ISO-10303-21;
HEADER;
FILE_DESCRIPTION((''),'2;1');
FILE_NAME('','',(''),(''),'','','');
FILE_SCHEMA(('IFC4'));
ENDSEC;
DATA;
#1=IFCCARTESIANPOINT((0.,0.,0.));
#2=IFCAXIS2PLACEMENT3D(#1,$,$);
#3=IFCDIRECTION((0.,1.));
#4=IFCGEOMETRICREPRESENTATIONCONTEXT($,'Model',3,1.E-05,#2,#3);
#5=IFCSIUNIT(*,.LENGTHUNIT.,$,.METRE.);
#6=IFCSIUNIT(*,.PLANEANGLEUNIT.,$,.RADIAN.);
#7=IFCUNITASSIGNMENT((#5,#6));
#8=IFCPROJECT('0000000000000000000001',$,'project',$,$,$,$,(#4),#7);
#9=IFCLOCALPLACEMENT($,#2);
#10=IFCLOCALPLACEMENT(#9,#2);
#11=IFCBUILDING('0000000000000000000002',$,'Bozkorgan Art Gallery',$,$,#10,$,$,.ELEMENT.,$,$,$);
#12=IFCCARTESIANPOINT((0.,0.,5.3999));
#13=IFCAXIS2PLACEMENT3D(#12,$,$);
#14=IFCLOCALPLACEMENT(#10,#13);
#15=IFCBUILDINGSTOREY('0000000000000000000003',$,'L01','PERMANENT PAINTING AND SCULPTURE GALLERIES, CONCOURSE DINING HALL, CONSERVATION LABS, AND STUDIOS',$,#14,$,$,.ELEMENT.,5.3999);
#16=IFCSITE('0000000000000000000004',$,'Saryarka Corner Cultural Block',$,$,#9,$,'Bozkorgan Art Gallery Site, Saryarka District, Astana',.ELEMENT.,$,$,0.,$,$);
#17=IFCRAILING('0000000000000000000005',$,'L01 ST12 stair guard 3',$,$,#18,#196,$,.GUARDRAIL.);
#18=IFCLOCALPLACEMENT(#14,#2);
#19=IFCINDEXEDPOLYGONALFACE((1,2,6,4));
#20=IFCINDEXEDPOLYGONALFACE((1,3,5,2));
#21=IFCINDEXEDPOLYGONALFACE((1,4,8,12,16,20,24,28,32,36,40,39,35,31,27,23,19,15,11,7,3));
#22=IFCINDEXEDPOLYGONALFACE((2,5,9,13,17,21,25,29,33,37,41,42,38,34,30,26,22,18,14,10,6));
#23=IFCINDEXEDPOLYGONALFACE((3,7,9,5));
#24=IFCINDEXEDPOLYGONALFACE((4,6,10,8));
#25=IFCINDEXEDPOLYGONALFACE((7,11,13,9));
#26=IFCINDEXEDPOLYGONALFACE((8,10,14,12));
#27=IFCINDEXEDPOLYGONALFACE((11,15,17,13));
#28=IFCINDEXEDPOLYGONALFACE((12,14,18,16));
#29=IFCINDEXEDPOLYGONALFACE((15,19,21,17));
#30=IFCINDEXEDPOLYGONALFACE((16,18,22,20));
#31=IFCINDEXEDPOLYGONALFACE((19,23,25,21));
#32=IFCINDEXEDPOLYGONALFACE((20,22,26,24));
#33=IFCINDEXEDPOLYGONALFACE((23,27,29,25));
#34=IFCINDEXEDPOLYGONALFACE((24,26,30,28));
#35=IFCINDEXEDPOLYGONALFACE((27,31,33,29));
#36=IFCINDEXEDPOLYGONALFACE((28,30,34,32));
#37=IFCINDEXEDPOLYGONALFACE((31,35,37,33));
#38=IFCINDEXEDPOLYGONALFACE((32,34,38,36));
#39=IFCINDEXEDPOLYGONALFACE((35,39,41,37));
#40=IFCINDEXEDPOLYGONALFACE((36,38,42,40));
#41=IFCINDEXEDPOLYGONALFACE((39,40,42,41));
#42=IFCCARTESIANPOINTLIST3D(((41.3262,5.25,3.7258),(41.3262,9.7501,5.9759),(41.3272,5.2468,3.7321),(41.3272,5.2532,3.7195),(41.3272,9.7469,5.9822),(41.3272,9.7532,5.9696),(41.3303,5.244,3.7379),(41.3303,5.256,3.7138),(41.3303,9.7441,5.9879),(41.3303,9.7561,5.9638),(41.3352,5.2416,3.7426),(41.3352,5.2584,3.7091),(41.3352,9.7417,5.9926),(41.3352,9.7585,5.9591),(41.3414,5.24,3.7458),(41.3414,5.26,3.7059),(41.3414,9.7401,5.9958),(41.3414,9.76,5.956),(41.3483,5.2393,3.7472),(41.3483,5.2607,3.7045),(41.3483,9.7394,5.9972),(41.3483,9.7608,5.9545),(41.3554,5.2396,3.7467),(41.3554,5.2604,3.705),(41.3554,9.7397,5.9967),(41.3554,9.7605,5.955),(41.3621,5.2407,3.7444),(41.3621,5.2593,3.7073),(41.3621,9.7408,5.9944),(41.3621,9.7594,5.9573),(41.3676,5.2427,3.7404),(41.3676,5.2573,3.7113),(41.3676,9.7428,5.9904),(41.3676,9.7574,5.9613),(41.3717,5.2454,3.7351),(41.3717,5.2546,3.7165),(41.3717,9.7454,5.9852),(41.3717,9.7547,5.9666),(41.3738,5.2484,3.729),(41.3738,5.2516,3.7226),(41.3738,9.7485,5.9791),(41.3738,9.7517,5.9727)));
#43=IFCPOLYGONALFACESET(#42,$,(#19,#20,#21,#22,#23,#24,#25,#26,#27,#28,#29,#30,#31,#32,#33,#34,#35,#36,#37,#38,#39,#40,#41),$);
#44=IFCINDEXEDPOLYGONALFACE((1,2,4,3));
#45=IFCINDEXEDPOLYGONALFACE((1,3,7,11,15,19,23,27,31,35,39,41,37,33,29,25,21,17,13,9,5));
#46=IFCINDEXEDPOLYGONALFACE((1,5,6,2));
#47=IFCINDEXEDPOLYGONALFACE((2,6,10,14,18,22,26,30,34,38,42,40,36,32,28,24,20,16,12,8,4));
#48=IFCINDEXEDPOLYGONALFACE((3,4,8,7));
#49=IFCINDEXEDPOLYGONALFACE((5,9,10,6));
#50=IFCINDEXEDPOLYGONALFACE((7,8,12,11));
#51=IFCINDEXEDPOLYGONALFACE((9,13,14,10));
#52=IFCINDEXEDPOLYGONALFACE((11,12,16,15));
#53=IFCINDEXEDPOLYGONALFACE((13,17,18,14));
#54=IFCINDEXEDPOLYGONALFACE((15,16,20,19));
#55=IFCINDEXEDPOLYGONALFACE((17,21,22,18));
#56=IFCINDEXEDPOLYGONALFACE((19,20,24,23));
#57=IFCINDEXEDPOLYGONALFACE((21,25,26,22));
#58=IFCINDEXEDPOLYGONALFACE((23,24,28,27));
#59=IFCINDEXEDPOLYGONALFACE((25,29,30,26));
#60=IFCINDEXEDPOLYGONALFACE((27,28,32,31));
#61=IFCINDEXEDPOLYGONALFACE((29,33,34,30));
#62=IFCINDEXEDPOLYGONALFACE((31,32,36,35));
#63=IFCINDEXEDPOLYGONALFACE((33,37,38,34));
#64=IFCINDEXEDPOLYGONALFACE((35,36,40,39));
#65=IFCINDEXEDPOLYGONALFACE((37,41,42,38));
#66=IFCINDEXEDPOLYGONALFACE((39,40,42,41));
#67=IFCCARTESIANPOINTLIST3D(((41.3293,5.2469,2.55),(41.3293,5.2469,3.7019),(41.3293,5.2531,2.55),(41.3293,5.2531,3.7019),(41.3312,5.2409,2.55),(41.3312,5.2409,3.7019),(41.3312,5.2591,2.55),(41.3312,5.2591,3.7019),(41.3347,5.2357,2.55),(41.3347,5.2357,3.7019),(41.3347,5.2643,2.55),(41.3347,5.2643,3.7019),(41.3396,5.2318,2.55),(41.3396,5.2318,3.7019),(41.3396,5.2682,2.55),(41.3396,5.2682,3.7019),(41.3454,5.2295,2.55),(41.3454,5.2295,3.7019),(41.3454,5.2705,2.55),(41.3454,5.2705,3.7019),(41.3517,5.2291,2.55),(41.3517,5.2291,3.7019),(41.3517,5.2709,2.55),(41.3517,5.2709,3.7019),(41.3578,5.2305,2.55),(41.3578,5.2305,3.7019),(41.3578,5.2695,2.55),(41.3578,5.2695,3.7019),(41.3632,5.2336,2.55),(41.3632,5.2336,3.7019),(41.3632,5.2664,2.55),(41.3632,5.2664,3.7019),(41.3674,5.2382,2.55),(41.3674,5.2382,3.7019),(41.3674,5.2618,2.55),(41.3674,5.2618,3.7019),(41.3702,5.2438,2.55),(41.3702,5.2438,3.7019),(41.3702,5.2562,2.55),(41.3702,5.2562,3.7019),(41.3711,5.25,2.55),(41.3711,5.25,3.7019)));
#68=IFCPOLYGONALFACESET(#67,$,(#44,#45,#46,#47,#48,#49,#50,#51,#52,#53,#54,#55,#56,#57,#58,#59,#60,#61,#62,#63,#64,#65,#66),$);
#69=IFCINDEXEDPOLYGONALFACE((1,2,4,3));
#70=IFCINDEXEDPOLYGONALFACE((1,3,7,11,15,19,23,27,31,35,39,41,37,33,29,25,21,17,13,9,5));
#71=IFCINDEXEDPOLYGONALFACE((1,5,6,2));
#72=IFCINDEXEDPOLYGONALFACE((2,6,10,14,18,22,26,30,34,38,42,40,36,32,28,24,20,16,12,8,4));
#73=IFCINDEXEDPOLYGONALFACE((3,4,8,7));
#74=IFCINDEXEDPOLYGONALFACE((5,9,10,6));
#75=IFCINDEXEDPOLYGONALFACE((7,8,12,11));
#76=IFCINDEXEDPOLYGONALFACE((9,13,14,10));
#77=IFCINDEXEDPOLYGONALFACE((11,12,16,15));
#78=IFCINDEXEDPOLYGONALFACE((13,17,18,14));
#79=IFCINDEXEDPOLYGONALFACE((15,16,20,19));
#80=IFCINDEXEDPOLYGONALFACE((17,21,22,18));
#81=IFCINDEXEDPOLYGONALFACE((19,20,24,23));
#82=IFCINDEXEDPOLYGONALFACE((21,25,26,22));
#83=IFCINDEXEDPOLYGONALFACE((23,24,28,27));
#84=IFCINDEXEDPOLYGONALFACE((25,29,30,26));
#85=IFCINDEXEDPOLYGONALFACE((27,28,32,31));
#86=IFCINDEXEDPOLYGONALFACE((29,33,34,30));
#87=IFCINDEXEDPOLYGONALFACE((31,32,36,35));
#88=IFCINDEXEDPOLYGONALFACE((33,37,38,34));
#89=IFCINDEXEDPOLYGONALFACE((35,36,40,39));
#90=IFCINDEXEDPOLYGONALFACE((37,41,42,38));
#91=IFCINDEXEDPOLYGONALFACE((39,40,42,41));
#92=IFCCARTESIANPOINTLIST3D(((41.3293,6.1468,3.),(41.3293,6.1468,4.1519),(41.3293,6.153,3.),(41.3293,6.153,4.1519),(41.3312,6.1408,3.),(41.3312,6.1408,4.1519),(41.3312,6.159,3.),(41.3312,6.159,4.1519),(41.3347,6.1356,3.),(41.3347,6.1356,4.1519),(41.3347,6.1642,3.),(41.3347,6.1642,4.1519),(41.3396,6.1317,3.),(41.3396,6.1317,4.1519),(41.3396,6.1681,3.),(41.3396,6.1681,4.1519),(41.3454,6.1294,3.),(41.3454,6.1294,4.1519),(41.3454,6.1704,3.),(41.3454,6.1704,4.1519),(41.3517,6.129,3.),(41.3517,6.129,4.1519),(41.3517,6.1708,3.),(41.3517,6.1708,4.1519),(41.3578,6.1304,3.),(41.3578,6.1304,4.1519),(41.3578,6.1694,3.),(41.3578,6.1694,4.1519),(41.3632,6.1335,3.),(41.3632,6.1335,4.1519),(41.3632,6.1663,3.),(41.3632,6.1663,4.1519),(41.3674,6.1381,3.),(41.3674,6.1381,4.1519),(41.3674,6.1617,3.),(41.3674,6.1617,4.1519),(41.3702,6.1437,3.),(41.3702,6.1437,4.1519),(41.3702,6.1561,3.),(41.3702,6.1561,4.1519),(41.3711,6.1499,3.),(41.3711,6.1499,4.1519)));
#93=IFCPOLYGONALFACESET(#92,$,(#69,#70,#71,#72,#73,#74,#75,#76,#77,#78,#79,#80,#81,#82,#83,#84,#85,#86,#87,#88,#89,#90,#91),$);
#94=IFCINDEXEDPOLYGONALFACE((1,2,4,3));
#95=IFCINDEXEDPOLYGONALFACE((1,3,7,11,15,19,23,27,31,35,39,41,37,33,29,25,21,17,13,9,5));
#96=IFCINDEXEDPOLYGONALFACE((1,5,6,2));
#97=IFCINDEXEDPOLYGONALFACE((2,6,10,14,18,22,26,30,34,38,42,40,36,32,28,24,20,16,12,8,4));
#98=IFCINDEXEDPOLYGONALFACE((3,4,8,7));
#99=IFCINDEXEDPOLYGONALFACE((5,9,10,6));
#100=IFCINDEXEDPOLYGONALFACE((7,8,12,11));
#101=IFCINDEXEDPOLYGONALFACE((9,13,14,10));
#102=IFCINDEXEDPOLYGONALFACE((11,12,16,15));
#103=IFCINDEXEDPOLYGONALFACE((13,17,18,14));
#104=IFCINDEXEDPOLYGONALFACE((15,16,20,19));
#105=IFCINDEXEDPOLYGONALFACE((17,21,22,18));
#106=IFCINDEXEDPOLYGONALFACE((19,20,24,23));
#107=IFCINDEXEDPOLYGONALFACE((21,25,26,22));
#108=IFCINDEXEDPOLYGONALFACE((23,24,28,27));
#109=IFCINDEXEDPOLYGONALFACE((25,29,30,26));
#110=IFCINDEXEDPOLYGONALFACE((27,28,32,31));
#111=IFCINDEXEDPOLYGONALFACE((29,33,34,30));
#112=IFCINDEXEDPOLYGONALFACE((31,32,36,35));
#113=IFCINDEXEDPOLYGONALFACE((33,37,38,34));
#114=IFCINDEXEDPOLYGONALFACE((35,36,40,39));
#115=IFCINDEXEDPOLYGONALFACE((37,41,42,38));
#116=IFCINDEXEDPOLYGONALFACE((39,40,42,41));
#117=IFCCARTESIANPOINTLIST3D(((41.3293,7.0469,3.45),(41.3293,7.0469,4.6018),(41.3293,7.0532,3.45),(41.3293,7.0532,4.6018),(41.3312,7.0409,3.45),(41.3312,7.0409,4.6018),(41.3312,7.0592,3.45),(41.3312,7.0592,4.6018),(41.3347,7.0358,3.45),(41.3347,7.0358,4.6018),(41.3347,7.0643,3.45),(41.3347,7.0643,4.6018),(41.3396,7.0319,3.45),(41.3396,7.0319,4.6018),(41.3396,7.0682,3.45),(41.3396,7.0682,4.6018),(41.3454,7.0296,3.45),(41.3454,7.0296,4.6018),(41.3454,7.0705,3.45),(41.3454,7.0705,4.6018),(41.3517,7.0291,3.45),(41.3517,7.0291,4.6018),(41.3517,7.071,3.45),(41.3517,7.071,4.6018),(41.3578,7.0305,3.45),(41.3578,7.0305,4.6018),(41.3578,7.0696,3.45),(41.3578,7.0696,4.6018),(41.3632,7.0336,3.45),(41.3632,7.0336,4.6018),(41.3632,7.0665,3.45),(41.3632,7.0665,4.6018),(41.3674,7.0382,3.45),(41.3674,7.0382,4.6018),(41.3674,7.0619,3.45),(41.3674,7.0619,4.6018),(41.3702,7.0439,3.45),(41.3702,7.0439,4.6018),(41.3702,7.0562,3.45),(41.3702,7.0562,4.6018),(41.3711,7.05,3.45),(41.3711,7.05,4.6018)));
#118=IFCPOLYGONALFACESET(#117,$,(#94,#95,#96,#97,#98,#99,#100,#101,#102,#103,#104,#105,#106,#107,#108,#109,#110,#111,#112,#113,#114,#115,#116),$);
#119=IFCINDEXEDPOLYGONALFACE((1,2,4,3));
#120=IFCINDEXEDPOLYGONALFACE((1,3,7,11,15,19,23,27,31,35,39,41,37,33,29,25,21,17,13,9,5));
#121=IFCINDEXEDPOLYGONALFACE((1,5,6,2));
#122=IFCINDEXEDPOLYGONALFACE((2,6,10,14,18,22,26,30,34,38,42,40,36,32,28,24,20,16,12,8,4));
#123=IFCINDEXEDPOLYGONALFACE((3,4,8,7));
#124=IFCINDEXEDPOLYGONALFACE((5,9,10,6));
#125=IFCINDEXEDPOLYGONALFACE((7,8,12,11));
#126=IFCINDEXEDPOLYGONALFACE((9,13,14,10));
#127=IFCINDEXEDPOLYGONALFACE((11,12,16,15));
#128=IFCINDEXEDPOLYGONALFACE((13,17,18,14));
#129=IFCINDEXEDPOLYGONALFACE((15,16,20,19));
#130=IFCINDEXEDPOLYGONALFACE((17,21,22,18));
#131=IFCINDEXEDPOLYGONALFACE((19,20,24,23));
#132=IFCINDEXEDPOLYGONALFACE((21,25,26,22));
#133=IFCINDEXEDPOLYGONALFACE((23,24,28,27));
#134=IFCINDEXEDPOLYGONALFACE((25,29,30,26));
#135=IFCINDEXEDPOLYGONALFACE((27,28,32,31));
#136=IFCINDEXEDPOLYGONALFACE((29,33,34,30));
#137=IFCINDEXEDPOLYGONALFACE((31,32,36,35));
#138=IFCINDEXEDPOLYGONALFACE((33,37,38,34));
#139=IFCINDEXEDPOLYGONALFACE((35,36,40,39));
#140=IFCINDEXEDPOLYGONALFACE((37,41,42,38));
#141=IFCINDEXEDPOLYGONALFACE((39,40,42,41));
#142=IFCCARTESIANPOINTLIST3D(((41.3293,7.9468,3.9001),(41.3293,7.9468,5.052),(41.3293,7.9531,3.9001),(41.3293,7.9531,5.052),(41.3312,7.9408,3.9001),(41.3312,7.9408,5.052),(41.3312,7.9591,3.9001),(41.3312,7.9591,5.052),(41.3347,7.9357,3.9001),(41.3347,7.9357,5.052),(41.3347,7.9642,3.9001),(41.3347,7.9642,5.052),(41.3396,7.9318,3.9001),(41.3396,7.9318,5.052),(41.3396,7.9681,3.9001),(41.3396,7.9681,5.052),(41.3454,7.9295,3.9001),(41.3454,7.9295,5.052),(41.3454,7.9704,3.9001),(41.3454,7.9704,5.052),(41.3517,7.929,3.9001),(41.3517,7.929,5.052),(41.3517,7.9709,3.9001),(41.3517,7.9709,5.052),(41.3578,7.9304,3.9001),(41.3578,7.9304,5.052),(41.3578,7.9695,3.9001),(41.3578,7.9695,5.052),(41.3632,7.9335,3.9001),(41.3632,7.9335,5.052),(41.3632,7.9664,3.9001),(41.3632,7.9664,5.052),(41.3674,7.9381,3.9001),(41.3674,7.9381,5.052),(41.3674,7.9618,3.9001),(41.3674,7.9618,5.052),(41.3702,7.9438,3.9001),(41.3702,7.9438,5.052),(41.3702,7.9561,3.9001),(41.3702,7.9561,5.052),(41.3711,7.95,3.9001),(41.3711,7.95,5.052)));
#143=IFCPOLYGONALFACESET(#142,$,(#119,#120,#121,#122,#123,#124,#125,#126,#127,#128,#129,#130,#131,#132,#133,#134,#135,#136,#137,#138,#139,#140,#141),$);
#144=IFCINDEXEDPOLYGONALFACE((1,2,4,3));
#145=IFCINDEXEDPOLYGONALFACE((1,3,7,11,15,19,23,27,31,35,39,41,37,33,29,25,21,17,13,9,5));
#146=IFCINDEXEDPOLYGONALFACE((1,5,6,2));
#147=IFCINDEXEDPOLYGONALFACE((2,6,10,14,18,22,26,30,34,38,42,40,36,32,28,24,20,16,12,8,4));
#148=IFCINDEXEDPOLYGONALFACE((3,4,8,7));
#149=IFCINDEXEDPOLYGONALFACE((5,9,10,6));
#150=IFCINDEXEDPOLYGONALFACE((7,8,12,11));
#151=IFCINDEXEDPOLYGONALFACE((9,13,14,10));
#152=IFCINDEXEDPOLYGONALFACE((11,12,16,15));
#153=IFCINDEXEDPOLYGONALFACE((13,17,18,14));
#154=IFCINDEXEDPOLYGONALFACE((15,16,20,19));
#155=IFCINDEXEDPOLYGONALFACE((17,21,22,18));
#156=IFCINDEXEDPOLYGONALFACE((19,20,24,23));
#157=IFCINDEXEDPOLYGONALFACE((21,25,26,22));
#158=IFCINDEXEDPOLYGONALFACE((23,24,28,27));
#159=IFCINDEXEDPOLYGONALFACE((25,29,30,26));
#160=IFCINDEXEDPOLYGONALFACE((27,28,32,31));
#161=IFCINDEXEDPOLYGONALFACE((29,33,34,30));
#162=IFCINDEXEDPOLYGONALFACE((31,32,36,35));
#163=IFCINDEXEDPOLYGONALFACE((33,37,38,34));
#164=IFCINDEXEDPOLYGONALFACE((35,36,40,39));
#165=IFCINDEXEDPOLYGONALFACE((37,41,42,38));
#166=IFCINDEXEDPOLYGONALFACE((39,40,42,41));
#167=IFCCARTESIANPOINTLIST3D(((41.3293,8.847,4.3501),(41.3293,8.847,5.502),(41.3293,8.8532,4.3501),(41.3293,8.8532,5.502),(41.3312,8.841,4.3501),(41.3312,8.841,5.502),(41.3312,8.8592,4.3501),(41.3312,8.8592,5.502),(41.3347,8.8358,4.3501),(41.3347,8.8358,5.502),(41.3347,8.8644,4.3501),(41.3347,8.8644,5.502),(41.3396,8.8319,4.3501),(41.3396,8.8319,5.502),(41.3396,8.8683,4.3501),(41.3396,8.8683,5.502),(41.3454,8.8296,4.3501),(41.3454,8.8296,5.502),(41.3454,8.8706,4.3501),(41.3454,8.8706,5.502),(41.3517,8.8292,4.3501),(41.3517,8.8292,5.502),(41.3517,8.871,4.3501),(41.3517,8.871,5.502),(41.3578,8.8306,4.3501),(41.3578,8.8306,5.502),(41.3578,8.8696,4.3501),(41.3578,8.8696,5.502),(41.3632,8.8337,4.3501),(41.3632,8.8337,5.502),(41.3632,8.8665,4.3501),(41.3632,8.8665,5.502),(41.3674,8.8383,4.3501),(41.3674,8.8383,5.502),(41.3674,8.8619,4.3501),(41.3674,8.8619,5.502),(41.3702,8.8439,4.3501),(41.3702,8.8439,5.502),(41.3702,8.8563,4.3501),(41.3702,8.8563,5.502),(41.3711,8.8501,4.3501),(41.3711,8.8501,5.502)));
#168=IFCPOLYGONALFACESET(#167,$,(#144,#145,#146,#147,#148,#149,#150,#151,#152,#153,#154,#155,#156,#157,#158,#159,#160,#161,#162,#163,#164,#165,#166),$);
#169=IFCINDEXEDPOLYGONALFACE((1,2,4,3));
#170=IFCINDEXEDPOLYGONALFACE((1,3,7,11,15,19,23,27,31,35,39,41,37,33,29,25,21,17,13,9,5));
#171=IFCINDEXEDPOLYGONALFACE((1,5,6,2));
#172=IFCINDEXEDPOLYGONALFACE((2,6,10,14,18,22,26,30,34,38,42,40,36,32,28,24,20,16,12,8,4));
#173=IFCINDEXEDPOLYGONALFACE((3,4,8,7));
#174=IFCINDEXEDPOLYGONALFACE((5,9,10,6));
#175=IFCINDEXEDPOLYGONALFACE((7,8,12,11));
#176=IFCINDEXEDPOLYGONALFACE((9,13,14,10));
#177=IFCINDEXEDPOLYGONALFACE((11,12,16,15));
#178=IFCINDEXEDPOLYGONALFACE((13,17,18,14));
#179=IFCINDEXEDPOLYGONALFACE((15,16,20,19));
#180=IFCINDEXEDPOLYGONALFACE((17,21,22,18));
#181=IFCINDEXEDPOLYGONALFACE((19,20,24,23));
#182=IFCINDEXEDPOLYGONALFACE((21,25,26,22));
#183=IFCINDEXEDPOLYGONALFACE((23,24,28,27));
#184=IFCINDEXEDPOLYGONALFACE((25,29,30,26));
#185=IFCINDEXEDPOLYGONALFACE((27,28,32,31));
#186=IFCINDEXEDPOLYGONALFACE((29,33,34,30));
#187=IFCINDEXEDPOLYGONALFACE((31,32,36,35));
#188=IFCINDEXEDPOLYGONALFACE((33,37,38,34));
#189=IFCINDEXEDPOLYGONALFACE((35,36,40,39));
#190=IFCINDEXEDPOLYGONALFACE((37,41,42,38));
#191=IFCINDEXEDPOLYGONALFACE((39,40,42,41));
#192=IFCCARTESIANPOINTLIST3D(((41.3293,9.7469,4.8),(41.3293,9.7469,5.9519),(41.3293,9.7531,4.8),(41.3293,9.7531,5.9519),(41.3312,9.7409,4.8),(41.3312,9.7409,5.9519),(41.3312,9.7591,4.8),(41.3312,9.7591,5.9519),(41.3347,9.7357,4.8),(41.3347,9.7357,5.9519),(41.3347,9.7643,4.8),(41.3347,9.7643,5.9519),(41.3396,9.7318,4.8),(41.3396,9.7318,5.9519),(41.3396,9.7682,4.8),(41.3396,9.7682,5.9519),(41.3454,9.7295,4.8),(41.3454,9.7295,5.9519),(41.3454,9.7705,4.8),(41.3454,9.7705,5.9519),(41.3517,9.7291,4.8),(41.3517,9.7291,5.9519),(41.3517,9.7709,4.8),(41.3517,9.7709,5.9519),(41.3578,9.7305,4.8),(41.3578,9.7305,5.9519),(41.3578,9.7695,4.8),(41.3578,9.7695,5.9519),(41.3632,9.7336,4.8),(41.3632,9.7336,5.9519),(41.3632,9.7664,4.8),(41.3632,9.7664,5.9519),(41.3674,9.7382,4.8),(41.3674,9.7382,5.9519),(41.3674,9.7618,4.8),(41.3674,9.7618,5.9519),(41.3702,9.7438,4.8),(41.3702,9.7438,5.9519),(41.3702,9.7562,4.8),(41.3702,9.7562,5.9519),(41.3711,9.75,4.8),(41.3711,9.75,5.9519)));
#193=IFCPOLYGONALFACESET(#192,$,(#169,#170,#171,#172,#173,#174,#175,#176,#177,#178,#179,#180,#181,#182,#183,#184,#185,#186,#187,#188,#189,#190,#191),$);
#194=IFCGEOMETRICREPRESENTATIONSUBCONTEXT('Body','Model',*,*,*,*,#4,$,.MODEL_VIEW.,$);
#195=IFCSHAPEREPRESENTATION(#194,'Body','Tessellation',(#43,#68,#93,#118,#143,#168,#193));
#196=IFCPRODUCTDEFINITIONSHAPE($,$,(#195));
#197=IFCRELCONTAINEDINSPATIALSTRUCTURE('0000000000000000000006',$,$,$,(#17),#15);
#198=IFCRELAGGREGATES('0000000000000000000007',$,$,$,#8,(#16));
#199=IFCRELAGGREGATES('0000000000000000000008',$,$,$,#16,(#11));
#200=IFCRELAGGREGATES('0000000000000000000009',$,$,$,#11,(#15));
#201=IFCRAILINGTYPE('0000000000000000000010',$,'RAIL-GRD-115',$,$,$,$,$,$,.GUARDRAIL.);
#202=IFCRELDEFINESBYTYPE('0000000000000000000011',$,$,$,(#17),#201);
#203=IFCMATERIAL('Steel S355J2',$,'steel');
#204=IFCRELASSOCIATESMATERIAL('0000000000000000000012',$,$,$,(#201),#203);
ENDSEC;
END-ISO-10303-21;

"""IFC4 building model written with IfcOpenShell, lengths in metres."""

from ifc_helpers import new_model, si_unit, direction, frame, origin, origin_2d, place, context, subcontext, project, spatial, circle, extrude, material, type_object, element, save


model = new_model("IFC4")

# Units and contexts
model_context = context("Model", 3, precision=1e-05, world=origin(), true_north=direction((0.0, 1.0)))
body_context = subcontext(model_context, "Body", "Model", "MODEL_VIEW")
ifc_project = project(units=[si_unit("LENGTHUNIT", "METRE"), si_unit("PLANEANGLEUNIT", "RADIAN")], contexts=[model_context])

# Site, building, storey
site_placement = place(None, origin())
site = spatial("IfcSite", under=ifc_project, at=site_placement, Name="Saryarka Corner Cultural Block", LongName="Bozkorgan Art Gallery Site, Saryarka District, Astana", CompositionType="ELEMENT", RefElevation=0.0)
building_placement = place(site_placement, origin())
building = spatial("IfcBuilding", under=site, at=building_placement, Name="Bozkorgan Art Gallery", CompositionType="ELEMENT")
storey_placement = place(building_placement, frame((0.0, 0.0, 5.3999)))
storey = spatial("IfcBuildingStorey", under=building, at=storey_placement, Name="L01", Description="PERMANENT PAINTING AND SCULPTURE GALLERIES, CONCOURSE DINING HALL, CONSERVATION LABS, AND STUDIOS", CompositionType="ELEMENT", Elevation=5.3999)

# Railing
ifc_material_1 = material(Name="Steel S355J2", Category="steel")
railing_type = type_object("IfcRailingType", Name="RAIL-GRD-115", PredefinedType="GUARDRAIL", material=ifc_material_1)
railing_1_placement = place(storey_placement, frame((41.3501, 5.25, 2.55)))
element("IfcRailing", 1, at=railing_1_placement, inside=storey, type_object=railing_type, Name="L01 ST12 stair guard 3", PredefinedType="GUARDRAIL", context=body_context, shape_type="SweptSolid", body=[
    extrude(circle(Radius=0.0239, at=origin_2d()), frame((0.0, 0.0, 1.1758), z_axis=(0.0, 0.894427, 0.447214), x_axis=(-1.0, 0.0, 0.0)), (0.0, 0.0, 1.0), 5.0312),
    extrude(circle(Radius=0.021, at=origin_2d()), origin(), (0.0, 0.0, 1.0), 1.1519),
    extrude(circle(Radius=0.021, at=origin_2d()), frame((0.0, 0.8999, 0.45)), (0.0, 0.0, 1.0), 1.1519),
    extrude(circle(Radius=0.021, at=origin_2d()), frame((0.0, 1.8, 0.8999)), (0.0, 0.0, 1.0), 1.1519),
    extrude(circle(Radius=0.021, at=origin_2d()), frame((0.0, 2.7, 1.3501)), (0.0, 0.0, 1.0), 1.1519),
    extrude(circle(Radius=0.021, at=origin_2d()), frame((0.0, 3.6001, 1.8)), (0.0, 0.0, 1.0), 1.1519),
    extrude(circle(Radius=0.021, at=origin_2d()), frame((0.0, 4.5, 2.25)), (0.0, 0.0, 1.0), 1.1519),
])

save(model, "model.ifc")
